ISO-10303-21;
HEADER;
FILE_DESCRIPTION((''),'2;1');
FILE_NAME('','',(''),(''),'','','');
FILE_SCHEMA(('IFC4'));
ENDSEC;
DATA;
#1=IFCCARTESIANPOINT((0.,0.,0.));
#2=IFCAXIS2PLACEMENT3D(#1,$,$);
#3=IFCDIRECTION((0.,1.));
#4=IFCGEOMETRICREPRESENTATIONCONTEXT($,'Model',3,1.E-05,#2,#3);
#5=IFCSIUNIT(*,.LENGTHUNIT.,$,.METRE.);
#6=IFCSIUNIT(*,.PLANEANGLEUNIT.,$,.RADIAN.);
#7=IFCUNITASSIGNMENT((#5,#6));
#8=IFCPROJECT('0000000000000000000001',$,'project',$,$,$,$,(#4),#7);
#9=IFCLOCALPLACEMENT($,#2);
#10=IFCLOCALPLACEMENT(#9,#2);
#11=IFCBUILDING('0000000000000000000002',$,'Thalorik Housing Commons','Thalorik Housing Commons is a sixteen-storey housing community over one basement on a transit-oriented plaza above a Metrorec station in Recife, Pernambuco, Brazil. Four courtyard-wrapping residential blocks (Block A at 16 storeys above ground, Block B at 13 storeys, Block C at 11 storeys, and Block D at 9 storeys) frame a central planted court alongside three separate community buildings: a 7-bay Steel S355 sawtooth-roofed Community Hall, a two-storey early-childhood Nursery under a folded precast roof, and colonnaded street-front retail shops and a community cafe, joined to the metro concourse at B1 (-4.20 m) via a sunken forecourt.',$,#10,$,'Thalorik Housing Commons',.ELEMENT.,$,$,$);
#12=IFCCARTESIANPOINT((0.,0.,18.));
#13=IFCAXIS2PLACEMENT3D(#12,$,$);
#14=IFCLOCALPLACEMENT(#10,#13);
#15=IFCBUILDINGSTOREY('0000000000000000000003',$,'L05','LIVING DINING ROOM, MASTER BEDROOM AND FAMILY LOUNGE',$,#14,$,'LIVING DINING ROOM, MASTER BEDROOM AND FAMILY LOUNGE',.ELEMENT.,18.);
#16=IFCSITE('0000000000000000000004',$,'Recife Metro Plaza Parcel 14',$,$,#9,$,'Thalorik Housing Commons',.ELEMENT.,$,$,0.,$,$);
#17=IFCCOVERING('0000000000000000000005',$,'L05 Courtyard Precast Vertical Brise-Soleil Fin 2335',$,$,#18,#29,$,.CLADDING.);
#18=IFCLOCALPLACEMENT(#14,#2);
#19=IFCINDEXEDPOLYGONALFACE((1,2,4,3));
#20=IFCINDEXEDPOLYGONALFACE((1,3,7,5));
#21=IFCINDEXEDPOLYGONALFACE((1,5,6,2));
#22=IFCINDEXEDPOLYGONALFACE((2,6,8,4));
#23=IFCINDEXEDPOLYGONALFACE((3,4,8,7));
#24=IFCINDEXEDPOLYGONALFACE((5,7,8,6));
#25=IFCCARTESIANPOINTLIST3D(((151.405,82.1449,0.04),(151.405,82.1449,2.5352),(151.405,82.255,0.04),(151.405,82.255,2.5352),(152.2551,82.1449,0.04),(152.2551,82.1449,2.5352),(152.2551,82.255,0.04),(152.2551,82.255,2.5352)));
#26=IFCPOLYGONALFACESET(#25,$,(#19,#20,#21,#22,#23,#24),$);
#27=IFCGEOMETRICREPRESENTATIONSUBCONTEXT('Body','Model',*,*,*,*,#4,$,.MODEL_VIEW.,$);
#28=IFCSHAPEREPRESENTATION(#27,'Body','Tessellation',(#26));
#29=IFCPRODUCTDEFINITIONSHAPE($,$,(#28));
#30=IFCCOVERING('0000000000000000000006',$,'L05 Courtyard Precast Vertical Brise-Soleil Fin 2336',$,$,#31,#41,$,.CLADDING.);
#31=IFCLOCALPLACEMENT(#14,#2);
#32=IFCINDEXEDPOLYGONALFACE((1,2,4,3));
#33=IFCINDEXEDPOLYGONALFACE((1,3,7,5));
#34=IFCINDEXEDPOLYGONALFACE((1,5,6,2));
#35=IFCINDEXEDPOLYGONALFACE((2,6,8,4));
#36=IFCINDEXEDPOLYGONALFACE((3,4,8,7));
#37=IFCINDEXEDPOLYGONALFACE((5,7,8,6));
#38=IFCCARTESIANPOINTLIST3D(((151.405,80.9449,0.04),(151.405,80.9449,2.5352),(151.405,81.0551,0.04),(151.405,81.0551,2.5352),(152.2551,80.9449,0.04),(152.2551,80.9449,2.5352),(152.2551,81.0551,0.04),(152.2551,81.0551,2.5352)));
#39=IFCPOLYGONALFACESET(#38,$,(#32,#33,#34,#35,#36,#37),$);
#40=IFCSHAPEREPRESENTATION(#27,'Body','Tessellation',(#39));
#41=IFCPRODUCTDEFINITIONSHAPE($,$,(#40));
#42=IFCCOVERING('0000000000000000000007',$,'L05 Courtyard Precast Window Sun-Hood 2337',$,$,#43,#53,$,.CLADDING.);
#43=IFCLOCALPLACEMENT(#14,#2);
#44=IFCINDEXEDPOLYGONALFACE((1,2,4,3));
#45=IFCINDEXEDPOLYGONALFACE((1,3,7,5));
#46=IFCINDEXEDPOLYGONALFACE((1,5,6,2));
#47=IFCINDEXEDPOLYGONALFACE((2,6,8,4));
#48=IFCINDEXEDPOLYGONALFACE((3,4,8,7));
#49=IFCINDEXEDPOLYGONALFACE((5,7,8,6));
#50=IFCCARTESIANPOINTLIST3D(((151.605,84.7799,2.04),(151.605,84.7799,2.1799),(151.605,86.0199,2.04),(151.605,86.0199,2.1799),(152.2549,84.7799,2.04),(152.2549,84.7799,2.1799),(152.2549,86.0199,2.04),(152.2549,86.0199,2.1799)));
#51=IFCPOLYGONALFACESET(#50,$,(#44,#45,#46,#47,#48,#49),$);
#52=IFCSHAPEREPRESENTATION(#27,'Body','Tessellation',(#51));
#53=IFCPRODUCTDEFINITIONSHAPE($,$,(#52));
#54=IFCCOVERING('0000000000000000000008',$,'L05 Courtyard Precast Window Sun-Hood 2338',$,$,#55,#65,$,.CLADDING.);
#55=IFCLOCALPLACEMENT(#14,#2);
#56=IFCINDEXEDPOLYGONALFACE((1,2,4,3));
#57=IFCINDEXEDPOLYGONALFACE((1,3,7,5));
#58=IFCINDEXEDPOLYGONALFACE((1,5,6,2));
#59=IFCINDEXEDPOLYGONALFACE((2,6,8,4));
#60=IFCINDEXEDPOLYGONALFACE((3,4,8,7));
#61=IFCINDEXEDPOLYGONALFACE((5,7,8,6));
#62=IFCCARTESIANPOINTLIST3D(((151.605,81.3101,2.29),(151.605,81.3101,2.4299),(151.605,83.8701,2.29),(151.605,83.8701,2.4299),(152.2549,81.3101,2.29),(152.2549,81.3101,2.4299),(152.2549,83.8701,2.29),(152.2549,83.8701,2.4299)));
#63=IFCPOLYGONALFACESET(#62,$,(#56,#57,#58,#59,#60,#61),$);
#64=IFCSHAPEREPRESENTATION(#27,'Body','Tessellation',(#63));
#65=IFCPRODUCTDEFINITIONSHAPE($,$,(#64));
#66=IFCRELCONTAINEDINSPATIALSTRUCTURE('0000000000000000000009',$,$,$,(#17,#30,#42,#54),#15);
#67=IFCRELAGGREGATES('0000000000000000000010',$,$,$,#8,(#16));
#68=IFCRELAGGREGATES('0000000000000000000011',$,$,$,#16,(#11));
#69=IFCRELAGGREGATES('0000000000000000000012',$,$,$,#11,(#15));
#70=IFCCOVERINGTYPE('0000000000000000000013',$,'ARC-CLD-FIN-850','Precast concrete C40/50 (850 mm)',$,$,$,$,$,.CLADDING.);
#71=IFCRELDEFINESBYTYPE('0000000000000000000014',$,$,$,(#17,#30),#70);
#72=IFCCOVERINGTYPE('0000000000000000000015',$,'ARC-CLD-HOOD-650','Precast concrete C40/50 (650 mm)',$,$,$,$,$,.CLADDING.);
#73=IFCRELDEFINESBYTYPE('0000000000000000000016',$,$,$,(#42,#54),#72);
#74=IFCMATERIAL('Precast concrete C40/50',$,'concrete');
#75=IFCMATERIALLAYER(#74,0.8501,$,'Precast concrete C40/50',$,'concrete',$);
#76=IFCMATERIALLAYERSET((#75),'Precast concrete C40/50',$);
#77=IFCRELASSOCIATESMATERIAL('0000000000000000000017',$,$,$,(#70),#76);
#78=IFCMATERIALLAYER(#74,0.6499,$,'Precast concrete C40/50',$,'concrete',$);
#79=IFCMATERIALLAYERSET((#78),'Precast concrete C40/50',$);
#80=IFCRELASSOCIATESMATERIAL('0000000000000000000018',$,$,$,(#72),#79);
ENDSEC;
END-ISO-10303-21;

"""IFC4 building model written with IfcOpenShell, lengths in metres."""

from ifc_helpers import new_model, si_unit, direction, frame, origin, origin_2d, place, context, subcontext, project, spatial, rectangle, extrude, material, layer, layer_set, type_object, element, save


model = new_model("IFC4")

# Units and contexts
model_context = context("Model", 3, precision=1e-05, world=origin(), true_north=direction((0.0, 1.0)))
body_context = subcontext(model_context, "Body", "Model", "MODEL_VIEW")
ifc_project = project(units=[si_unit("LENGTHUNIT", "METRE"), si_unit("PLANEANGLEUNIT", "RADIAN")], contexts=[model_context])

# Site, building, storey
site_placement = place(None, origin())
site = spatial("IfcSite", under=ifc_project, at=site_placement, Name="Recife Metro Plaza Parcel 14", LongName="Thalorik Housing Commons", CompositionType="ELEMENT", RefElevation=0.0)
building_placement = place(site_placement, origin())
building = spatial("IfcBuilding", under=site, at=building_placement, Name="Thalorik Housing Commons", Description="Thalorik Housing Commons is a sixteen-storey housing community over one basement on a transit-oriented plaza above a Metrorec station in Recife, Pernambuco, Brazil. Four courtyard-wrapping residential blocks (Block A at 16 storeys above ground, Block B at 13 storeys, Block C at 11 storeys, and Block D at 9 storeys) frame a central planted court alongside three separate community buildings: a 7-bay Steel S355 sawtooth-roofed Community Hall, a two-storey early-childhood Nursery under a folded precast roof, and colonnaded street-front retail shops and a community cafe, joined to the metro concourse at B1 (-4.20 m) via a sunken forecourt.", LongName="Thalorik Housing Commons", CompositionType="ELEMENT")
storey_placement = place(building_placement, frame((0.0, 0.0, 18.0)))
storey = spatial("IfcBuildingStorey", under=building, at=storey_placement, Name="L05", Description="LIVING DINING ROOM, MASTER BEDROOM AND FAMILY LOUNGE", LongName="LIVING DINING ROOM, MASTER BEDROOM AND FAMILY LOUNGE", CompositionType="ELEMENT", Elevation=18.0)

# Shared definitions
ifc_material_1 = material(Name="Precast concrete C40/50", Category="concrete")

# Coverings
ifc_layer_1 = layer(ifc_material_1, 0.8501, Name="Precast concrete C40/50", Category="concrete")
ifc_layer_set_1 = layer_set([ifc_layer_1], Name="Precast concrete C40/50")
covering_type_1 = type_object("IfcCoveringType", Name="ARC-CLD-FIN-850", Description="Precast concrete C40/50 (850 mm)", PredefinedType="CLADDING", material=ifc_layer_set_1)
for number, where, z_axis, x_axis, name in (
    (1, (151.8301, 82.2, 0.04), (0.0, 0.0, 1.0), (0.0, -1.0, 0.0), "L05 Courtyard Precast Vertical Brise-Soleil Fin 2335"),
    (2, (151.8301, 81.0, 0.04), (0.0, 0.0, 1.0), (0.0, -1.0, 0.0), "L05 Courtyard Precast Vertical Brise-Soleil Fin 2336"),
):
    element("IfcCovering", number, at=place(storey_placement, frame(where, z_axis=z_axis, x_axis=x_axis)), inside=storey, type_object=covering_type_1, Name=name, PredefinedType="CLADDING", context=body_context, shape_type="SweptSolid", body=[
        extrude(rectangle(XDim=0.1101, YDim=0.8501, at=origin_2d()), origin(), (0.0, 0.0, 1.0), 2.4951),
    ])
ifc_layer_2 = layer(ifc_material_1, 0.6499, Name="Precast concrete C40/50", Category="concrete")
ifc_layer_set_2 = layer_set([ifc_layer_2], Name="Precast concrete C40/50")
covering_type_2 = type_object("IfcCoveringType", Name="ARC-CLD-HOOD-650", Description="Precast concrete C40/50 (650 mm)", PredefinedType="CLADDING", material=ifc_layer_set_2)
covering_1_placement = place(storey_placement, frame((151.9299, 85.3999, 2.04), z_axis=(0.0, 0.0, 1.0), x_axis=(0.0, -1.0, 0.0)))
element("IfcCovering", 3, at=covering_1_placement, inside=storey, type_object=covering_type_2, Name="L05 Courtyard Precast Window Sun-Hood 2337", PredefinedType="CLADDING", context=body_context, shape_type="SweptSolid", body=[
    extrude(rectangle(XDim=1.24, YDim=0.6499, at=origin_2d()), origin(), (0.0, 0.0, 1.0), 0.1399),
])
covering_2_placement = place(storey_placement, frame((151.9299, 82.5901, 2.29), z_axis=(0.0, 0.0, 1.0), x_axis=(0.0, -1.0, 0.0)))
element("IfcCovering", 4, at=covering_2_placement, inside=storey, type_object=covering_type_2, Name="L05 Courtyard Precast Window Sun-Hood 2338", PredefinedType="CLADDING", context=body_context, shape_type="SweptSolid", body=[
    extrude(rectangle(XDim=2.5601, YDim=0.6499, at=origin_2d()), origin(), (0.0, 0.0, 1.0), 0.1399),
])

save(model, "model.ifc")
